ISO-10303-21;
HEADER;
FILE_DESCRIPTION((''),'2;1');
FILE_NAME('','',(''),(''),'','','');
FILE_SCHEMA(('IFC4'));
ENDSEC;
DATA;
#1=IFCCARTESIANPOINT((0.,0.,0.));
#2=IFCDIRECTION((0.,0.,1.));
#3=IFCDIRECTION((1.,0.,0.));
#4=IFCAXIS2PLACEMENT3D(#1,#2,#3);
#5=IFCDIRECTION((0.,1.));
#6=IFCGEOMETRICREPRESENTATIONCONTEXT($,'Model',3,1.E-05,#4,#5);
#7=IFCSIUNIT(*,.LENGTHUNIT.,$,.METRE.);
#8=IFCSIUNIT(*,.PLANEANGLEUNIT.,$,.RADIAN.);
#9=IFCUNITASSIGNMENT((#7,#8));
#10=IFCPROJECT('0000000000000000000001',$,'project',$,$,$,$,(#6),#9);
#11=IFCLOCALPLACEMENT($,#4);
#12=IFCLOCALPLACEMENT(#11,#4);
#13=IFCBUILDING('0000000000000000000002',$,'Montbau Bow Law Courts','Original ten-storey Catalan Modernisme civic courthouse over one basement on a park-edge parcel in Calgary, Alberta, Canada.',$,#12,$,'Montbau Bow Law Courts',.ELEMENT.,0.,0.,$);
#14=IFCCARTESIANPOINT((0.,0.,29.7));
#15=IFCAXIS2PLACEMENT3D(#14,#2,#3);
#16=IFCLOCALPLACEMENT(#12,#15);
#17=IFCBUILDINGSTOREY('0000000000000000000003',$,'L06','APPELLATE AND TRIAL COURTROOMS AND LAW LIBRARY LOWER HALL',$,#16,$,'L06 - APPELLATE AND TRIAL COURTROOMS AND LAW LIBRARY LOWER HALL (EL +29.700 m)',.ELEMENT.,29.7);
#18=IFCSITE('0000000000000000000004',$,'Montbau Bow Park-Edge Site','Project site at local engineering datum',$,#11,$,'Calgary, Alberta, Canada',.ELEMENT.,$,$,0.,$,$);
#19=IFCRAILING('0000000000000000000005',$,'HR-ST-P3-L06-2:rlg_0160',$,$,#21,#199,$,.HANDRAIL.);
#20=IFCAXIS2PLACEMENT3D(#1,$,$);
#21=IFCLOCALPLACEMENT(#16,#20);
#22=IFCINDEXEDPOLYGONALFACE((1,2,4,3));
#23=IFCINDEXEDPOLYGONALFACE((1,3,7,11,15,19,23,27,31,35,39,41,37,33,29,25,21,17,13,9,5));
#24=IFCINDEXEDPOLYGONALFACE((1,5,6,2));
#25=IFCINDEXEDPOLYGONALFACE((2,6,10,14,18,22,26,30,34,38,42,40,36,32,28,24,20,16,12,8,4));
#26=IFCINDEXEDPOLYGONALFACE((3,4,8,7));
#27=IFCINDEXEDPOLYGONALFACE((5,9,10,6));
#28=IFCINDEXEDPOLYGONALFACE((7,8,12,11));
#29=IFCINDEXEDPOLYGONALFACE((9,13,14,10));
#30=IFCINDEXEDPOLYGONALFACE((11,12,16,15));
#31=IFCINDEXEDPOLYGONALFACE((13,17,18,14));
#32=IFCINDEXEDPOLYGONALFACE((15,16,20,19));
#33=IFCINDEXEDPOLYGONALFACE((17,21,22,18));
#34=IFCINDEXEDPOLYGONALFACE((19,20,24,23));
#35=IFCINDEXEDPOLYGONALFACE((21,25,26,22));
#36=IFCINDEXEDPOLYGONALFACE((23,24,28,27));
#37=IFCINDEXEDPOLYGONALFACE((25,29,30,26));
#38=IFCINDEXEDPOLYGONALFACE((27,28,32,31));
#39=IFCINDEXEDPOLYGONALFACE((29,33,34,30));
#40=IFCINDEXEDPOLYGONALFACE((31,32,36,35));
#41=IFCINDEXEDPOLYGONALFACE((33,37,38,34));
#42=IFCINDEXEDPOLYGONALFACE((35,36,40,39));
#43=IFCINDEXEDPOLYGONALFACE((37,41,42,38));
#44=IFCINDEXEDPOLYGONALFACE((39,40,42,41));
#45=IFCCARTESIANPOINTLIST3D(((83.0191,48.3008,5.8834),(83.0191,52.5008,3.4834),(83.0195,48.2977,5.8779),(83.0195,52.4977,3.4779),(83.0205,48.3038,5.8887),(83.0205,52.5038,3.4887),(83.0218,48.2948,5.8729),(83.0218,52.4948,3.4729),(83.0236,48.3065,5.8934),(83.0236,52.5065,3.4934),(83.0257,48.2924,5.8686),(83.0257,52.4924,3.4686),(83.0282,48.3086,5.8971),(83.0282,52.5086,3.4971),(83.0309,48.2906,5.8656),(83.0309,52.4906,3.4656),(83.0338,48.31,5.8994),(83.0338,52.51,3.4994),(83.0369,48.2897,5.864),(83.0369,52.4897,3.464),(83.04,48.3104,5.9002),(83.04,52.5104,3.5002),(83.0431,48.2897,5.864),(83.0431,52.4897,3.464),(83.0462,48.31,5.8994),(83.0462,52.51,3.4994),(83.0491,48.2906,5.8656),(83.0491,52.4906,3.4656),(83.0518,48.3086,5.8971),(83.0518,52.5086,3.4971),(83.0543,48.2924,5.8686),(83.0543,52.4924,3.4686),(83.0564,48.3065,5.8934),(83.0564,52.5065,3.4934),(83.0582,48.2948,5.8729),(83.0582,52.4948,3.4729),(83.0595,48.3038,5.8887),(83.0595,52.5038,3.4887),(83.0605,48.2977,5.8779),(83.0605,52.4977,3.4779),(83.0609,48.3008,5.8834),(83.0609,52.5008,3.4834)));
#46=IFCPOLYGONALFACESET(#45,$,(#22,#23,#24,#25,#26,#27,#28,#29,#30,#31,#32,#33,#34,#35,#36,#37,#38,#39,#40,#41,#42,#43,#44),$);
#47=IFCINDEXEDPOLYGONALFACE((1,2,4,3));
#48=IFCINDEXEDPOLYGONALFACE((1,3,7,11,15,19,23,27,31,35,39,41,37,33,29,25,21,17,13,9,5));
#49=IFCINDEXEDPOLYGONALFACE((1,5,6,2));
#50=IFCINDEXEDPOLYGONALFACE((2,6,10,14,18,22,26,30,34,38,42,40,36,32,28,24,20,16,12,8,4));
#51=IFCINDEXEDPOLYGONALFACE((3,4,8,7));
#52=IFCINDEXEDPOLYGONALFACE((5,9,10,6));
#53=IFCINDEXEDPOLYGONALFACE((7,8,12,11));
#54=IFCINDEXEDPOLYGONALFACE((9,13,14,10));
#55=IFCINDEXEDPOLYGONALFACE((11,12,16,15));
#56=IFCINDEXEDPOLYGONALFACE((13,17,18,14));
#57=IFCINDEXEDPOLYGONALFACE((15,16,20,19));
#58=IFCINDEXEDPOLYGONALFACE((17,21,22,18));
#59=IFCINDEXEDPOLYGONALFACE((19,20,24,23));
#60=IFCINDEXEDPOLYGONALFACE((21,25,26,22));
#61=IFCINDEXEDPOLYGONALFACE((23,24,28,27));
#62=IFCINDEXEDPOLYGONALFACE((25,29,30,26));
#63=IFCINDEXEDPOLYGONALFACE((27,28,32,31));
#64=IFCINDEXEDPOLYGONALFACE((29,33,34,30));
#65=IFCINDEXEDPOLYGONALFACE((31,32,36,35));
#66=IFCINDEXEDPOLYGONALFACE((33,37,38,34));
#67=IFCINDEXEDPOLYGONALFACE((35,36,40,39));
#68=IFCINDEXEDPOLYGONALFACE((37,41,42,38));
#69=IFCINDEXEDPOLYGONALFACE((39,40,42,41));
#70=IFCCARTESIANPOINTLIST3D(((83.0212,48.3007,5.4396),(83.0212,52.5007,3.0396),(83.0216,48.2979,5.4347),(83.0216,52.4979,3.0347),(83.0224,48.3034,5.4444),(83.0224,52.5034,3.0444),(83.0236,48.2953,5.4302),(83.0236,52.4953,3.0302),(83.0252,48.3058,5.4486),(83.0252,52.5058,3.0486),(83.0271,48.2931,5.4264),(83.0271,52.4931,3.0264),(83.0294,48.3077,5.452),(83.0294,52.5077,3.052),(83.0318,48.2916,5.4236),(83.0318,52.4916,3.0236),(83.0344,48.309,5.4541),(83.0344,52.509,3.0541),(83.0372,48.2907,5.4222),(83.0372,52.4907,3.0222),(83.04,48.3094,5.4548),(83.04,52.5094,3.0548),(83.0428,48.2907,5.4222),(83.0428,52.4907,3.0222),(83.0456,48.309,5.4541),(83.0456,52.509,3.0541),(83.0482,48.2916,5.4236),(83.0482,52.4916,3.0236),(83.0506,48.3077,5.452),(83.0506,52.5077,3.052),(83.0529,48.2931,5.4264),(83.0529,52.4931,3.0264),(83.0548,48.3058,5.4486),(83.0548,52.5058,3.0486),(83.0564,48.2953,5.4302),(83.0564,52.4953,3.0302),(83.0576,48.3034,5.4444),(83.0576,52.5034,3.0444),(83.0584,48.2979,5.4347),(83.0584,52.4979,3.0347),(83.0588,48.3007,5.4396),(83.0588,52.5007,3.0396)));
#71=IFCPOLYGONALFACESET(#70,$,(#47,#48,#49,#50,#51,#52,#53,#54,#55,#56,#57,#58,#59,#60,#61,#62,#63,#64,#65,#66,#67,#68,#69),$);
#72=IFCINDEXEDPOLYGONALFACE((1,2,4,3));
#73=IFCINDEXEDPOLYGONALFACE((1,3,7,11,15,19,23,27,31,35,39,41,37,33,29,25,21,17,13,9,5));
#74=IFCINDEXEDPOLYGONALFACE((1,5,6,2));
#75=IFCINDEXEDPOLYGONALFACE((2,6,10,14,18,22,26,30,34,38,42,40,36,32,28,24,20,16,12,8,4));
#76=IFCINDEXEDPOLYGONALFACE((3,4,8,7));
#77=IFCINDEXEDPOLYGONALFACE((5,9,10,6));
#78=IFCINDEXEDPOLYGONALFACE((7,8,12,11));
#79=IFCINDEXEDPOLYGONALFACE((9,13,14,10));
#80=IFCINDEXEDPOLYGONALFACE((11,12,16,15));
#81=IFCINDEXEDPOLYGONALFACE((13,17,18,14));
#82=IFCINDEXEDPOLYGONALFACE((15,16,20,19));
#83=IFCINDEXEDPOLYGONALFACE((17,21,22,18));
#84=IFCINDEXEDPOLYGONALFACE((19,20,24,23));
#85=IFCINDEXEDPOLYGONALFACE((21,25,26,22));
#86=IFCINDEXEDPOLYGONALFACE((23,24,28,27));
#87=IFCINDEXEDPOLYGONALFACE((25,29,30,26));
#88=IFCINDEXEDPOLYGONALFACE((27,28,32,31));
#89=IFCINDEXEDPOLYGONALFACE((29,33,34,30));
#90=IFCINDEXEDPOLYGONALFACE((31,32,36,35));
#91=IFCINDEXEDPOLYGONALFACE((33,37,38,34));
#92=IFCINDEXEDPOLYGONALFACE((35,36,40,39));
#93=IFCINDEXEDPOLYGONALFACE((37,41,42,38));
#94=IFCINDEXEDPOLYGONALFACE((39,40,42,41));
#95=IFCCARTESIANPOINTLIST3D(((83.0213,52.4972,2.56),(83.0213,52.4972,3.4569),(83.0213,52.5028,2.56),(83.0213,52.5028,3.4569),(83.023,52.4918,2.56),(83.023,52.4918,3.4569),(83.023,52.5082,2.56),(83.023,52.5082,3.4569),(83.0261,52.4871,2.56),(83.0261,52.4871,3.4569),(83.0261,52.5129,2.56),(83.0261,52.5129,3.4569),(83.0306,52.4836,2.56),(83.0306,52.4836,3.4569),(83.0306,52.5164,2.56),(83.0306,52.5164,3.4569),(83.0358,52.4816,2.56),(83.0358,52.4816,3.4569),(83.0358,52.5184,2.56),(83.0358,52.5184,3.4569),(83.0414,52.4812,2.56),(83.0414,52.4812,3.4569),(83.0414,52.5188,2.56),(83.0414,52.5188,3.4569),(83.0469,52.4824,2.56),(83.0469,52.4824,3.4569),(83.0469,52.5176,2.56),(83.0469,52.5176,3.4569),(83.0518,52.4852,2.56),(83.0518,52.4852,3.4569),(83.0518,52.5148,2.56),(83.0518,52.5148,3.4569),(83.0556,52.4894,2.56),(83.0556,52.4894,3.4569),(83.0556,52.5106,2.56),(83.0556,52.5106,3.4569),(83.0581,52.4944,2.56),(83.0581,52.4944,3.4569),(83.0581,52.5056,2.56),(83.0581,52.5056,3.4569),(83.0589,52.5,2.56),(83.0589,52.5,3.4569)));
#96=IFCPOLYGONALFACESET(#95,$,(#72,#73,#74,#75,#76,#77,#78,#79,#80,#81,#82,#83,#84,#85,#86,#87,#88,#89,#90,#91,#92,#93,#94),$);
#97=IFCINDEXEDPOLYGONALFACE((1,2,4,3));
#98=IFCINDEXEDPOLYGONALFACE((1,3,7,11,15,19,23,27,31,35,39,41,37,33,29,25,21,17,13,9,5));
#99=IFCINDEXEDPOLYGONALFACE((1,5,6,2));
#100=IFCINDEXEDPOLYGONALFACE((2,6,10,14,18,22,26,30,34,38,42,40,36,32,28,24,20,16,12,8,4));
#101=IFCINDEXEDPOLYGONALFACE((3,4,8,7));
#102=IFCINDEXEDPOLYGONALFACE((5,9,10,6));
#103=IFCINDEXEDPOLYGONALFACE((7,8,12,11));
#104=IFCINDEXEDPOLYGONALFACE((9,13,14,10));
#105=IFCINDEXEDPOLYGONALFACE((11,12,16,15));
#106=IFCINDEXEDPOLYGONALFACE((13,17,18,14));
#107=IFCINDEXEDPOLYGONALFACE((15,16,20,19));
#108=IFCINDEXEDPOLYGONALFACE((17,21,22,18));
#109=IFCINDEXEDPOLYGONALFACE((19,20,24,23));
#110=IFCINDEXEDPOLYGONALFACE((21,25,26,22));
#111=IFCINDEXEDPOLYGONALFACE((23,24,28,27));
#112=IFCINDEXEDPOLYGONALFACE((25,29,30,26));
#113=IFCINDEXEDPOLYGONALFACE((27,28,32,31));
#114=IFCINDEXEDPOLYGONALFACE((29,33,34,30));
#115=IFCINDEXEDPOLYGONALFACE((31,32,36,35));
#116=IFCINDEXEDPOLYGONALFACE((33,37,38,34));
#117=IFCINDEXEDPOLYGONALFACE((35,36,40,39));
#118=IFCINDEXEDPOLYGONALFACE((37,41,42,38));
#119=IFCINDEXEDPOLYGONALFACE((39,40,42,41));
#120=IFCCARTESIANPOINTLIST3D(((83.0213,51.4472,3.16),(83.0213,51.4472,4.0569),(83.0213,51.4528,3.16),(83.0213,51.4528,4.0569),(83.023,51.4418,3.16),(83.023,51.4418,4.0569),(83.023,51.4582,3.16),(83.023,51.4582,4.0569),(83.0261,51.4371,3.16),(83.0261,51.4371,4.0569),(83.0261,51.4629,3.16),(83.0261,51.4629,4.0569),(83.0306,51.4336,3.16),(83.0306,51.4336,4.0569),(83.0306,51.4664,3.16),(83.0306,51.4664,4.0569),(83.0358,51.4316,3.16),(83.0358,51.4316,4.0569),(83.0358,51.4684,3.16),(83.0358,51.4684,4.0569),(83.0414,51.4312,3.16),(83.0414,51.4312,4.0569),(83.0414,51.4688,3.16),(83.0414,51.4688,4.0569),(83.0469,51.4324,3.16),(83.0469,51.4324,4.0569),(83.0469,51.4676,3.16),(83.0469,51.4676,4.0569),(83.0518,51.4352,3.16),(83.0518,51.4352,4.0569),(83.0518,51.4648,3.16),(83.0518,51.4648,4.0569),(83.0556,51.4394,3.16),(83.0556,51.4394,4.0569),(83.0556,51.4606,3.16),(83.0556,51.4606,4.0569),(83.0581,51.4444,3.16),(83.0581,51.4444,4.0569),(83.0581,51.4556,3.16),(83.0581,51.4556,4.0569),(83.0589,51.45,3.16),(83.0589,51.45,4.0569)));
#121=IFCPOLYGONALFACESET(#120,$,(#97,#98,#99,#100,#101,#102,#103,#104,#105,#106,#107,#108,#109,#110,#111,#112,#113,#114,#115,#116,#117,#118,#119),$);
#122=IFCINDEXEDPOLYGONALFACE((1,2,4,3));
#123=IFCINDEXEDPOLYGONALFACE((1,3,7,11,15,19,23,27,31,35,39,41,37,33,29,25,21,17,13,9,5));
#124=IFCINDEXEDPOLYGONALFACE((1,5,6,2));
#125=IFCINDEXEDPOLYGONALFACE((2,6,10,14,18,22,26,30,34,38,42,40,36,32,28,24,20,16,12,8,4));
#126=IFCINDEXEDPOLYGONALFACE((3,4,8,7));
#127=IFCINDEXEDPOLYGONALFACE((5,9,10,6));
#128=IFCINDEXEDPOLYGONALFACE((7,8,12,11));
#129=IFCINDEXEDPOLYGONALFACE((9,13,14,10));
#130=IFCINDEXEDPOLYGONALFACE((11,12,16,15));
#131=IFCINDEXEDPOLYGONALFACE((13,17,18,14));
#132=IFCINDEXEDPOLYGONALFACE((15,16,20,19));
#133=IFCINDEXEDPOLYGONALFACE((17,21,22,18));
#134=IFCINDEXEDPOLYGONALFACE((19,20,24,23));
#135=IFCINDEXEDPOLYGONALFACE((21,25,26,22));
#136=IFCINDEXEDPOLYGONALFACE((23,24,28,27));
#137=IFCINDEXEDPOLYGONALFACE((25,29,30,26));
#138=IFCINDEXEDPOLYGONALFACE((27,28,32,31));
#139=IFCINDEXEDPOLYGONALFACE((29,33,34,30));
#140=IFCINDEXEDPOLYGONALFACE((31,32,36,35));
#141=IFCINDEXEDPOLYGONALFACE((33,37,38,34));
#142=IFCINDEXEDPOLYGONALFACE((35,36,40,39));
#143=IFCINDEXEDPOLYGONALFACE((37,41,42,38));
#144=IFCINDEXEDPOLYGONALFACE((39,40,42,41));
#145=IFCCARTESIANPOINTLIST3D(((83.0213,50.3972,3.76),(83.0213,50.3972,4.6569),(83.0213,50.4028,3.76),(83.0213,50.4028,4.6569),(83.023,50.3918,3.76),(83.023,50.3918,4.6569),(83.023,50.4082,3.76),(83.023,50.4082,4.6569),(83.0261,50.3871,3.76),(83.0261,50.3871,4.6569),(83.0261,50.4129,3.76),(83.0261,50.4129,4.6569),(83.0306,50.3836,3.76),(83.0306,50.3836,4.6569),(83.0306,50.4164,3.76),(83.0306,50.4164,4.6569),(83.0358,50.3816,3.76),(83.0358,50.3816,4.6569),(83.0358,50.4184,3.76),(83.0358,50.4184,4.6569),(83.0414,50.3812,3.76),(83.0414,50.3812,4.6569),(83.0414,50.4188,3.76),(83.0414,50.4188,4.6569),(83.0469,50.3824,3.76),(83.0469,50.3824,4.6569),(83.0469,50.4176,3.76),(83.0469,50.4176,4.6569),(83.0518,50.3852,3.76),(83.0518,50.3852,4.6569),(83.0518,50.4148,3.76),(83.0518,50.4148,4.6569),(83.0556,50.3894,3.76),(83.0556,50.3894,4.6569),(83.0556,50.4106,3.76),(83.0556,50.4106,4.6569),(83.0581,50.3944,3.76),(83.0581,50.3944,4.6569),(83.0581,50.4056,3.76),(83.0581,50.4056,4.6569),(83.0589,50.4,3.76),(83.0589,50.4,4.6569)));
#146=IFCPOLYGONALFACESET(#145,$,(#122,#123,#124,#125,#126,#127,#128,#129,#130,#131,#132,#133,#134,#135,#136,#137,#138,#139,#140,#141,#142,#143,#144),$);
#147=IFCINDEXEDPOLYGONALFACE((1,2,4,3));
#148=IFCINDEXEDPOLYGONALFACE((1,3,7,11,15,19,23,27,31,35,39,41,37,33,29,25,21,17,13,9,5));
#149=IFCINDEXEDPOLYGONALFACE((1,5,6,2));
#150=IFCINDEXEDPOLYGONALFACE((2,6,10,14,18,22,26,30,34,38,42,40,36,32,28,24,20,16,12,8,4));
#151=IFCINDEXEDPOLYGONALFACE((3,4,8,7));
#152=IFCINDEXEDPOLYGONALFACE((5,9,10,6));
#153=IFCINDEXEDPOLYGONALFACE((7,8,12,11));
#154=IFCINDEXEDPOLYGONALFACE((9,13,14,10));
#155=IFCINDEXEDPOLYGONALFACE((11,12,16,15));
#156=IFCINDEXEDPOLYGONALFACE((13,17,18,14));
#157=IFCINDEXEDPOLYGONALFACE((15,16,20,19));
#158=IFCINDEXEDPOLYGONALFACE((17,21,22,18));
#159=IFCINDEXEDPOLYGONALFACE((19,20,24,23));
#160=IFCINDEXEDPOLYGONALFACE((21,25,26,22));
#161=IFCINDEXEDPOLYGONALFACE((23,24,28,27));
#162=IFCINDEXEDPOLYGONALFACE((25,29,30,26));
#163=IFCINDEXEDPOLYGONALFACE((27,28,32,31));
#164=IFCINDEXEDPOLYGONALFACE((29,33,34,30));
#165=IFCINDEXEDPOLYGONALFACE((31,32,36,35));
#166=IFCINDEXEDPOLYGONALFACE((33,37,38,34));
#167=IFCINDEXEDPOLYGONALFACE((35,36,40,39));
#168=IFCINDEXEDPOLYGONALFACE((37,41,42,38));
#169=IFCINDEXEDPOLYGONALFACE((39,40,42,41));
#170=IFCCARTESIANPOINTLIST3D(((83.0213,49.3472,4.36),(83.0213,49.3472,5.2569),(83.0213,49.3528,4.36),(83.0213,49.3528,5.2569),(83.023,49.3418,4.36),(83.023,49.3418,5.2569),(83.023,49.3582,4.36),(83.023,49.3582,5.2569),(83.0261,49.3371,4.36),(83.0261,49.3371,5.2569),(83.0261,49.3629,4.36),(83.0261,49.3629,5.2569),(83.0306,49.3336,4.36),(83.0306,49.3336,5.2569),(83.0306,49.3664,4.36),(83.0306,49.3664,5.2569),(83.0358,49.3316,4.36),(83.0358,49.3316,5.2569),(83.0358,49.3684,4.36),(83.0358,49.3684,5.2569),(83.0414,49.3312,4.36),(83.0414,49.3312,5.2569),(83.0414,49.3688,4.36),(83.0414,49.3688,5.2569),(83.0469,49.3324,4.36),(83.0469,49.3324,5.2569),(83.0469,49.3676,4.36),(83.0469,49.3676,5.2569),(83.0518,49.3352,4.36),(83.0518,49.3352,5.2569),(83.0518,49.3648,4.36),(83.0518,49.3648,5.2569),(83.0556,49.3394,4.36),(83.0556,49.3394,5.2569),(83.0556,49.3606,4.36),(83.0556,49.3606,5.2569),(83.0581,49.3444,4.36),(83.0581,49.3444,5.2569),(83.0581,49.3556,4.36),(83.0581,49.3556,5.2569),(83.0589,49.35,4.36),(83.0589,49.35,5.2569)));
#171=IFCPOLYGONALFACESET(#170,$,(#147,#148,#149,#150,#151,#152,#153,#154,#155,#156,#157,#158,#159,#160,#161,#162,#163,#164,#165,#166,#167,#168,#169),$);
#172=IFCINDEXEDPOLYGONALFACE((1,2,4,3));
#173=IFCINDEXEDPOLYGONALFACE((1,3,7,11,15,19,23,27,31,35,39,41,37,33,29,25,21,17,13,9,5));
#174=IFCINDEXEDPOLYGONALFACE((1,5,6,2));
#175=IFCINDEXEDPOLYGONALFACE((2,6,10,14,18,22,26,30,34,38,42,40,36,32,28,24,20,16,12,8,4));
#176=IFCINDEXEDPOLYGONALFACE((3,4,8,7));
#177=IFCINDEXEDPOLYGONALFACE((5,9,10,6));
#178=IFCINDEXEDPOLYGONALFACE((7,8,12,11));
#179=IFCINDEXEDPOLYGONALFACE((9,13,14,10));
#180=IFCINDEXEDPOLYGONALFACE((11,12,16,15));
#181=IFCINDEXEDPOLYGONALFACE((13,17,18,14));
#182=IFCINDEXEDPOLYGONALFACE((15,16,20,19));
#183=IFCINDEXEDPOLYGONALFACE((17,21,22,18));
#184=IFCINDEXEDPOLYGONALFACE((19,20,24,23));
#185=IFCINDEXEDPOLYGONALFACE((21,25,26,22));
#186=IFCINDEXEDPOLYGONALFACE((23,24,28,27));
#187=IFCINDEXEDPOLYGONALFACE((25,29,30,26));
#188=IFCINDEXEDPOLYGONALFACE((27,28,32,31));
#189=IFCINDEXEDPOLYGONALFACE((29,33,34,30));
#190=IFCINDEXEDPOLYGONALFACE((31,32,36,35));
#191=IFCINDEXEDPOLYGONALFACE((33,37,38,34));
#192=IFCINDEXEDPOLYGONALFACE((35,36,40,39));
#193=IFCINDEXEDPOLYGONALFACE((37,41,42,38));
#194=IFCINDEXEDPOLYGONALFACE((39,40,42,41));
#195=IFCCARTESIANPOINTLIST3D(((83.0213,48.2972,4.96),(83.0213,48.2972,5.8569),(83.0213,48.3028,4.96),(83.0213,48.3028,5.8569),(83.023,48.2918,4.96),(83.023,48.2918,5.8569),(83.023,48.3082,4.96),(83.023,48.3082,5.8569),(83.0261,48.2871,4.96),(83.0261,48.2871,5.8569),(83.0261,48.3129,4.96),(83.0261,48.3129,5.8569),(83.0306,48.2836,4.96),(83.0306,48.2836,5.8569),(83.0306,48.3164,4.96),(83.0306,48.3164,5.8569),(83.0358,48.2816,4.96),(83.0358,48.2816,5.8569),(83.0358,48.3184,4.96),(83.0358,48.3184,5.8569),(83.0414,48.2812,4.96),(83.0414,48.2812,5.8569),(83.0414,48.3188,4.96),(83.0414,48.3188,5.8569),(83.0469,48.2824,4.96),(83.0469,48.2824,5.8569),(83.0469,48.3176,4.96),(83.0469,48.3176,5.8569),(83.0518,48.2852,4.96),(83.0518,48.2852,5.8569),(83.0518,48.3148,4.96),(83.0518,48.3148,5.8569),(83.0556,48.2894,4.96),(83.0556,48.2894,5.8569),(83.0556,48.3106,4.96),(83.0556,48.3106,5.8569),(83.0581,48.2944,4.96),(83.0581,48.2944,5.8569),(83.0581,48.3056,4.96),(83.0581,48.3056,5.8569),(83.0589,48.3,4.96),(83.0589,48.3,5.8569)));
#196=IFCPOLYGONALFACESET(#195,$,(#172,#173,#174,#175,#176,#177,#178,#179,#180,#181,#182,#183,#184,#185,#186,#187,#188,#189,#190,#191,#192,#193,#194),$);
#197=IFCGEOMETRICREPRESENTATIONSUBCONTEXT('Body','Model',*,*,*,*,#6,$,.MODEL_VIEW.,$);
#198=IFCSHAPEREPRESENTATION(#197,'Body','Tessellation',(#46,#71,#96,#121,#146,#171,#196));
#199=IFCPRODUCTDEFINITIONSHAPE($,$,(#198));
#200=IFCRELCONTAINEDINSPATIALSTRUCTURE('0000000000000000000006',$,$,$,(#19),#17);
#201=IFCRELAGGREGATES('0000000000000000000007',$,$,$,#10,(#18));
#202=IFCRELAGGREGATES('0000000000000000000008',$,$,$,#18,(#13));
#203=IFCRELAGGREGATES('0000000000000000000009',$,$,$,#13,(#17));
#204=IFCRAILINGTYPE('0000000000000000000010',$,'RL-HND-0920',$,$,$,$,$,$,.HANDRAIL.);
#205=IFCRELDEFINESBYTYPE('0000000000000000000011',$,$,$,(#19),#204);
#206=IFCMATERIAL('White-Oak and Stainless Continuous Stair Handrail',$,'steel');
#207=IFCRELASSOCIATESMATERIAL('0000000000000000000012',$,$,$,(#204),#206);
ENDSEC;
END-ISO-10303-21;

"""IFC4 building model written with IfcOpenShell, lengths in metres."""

from ifc_helpers import new_model, si_unit, direction, frame, origin_with_axes, origin_2d_with_axis, place, context, subcontext, project, spatial, circle, extrude, material, type_object, element, save


model = new_model("IFC4")

# Units and contexts
model_context = context("Model", 3, precision=1e-05, world=origin_with_axes(), true_north=direction((0.0, 1.0)))
body_context = subcontext(model_context, "Body", "Model", "MODEL_VIEW")
ifc_project = project(units=[si_unit("LENGTHUNIT", "METRE"), si_unit("PLANEANGLEUNIT", "RADIAN")], contexts=[model_context])

# Site, building, storey
site_placement = place(None, origin_with_axes())
site = spatial("IfcSite", under=ifc_project, at=site_placement, Name="Montbau Bow Park-Edge Site", Description="Project site at local engineering datum", LongName="Calgary, Alberta, Canada", CompositionType="ELEMENT", RefElevation=0.0)
building_placement = place(site_placement, origin_with_axes())
building = spatial("IfcBuilding", under=site, at=building_placement, Name="Montbau Bow Law Courts", Description="Original ten-storey Catalan Modernisme civic courthouse over one basement on a park-edge parcel in Calgary, Alberta, Canada.", LongName="Montbau Bow Law Courts", CompositionType="ELEMENT", ElevationOfRefHeight=0.0, ElevationOfTerrain=0.0)
storey_placement = place(building_placement, frame((0.0, 0.0, 29.7), z_axis=(0.0, 0.0, 1.0), x_axis=(1.0, 0.0, 0.0)))
storey = spatial("IfcBuildingStorey", under=building, at=storey_placement, Name="L06", Description="APPELLATE AND TRIAL COURTROOMS AND LAW LIBRARY LOWER HALL", LongName="L06 - APPELLATE AND TRIAL COURTROOMS AND LAW LIBRARY LOWER HALL (EL +29.700 m)", CompositionType="ELEMENT", Elevation=29.7)

# Railing
ifc_material_1 = material(Name="White-Oak and Stainless Continuous Stair Handrail", Category="steel")
railing_type_1 = type_object("IfcRailingType", Name="RL-HND-0920", PredefinedType="HANDRAIL", material=ifc_material_1)
railing_1_placement = place(None, origin_with_axes())
element("IfcRailing", 1, at=railing_1_placement, inside=storey, type_object=railing_type_1, Name="HR-ST-P3-L06-2:rlg_0160", PredefinedType="HANDRAIL", context=body_context, shape_type="SweptSolid", body=[
    extrude(circle(Radius=0.021, at=origin_2d_with_axis()), frame((83.04, 52.5, 33.182), z_axis=(0.0, -0.868243, 0.496139), x_axis=(0.0, 0.496139, 0.868243)), (0.0, 0.0, 1.0), 4.8374),
    extrude(circle(Radius=0.0189, at=origin_2d_with_axis()), frame((83.04, 52.5, 32.7384), z_axis=(0.0, -0.868243, 0.496139), x_axis=(0.0, 0.496139, 0.868243)), (0.0, 0.0, 1.0), 4.8374),
    extrude(circle(Radius=0.0189, at=origin_2d_with_axis()), frame((83.04, 52.5, 32.26), z_axis=(0.0, 0.0, 1.0), x_axis=(1.0, 0.0, 0.0)), (0.0, 0.0, 1.0), 0.8969),
    extrude(circle(Radius=0.0189, at=origin_2d_with_axis()), frame((83.04, 51.45, 32.86), z_axis=(0.0, 0.0, 1.0), x_axis=(1.0, 0.0, 0.0)), (0.0, 0.0, 1.0), 0.8969),
    extrude(circle(Radius=0.0189, at=origin_2d_with_axis()), frame((83.04, 50.4, 33.46), z_axis=(0.0, 0.0, 1.0), x_axis=(1.0, 0.0, 0.0)), (0.0, 0.0, 1.0), 0.8969),
    extrude(circle(Radius=0.0189, at=origin_2d_with_axis()), frame((83.04, 49.35, 34.06), z_axis=(0.0, 0.0, 1.0), x_axis=(1.0, 0.0, 0.0)), (0.0, 0.0, 1.0), 0.8969),
    extrude(circle(Radius=0.0189, at=origin_2d_with_axis()), frame((83.04, 48.3, 34.66), z_axis=(0.0, 0.0, 1.0), x_axis=(1.0, 0.0, 0.0)), (0.0, 0.0, 1.0), 0.8969),
])

save(model, "model.ifc")
